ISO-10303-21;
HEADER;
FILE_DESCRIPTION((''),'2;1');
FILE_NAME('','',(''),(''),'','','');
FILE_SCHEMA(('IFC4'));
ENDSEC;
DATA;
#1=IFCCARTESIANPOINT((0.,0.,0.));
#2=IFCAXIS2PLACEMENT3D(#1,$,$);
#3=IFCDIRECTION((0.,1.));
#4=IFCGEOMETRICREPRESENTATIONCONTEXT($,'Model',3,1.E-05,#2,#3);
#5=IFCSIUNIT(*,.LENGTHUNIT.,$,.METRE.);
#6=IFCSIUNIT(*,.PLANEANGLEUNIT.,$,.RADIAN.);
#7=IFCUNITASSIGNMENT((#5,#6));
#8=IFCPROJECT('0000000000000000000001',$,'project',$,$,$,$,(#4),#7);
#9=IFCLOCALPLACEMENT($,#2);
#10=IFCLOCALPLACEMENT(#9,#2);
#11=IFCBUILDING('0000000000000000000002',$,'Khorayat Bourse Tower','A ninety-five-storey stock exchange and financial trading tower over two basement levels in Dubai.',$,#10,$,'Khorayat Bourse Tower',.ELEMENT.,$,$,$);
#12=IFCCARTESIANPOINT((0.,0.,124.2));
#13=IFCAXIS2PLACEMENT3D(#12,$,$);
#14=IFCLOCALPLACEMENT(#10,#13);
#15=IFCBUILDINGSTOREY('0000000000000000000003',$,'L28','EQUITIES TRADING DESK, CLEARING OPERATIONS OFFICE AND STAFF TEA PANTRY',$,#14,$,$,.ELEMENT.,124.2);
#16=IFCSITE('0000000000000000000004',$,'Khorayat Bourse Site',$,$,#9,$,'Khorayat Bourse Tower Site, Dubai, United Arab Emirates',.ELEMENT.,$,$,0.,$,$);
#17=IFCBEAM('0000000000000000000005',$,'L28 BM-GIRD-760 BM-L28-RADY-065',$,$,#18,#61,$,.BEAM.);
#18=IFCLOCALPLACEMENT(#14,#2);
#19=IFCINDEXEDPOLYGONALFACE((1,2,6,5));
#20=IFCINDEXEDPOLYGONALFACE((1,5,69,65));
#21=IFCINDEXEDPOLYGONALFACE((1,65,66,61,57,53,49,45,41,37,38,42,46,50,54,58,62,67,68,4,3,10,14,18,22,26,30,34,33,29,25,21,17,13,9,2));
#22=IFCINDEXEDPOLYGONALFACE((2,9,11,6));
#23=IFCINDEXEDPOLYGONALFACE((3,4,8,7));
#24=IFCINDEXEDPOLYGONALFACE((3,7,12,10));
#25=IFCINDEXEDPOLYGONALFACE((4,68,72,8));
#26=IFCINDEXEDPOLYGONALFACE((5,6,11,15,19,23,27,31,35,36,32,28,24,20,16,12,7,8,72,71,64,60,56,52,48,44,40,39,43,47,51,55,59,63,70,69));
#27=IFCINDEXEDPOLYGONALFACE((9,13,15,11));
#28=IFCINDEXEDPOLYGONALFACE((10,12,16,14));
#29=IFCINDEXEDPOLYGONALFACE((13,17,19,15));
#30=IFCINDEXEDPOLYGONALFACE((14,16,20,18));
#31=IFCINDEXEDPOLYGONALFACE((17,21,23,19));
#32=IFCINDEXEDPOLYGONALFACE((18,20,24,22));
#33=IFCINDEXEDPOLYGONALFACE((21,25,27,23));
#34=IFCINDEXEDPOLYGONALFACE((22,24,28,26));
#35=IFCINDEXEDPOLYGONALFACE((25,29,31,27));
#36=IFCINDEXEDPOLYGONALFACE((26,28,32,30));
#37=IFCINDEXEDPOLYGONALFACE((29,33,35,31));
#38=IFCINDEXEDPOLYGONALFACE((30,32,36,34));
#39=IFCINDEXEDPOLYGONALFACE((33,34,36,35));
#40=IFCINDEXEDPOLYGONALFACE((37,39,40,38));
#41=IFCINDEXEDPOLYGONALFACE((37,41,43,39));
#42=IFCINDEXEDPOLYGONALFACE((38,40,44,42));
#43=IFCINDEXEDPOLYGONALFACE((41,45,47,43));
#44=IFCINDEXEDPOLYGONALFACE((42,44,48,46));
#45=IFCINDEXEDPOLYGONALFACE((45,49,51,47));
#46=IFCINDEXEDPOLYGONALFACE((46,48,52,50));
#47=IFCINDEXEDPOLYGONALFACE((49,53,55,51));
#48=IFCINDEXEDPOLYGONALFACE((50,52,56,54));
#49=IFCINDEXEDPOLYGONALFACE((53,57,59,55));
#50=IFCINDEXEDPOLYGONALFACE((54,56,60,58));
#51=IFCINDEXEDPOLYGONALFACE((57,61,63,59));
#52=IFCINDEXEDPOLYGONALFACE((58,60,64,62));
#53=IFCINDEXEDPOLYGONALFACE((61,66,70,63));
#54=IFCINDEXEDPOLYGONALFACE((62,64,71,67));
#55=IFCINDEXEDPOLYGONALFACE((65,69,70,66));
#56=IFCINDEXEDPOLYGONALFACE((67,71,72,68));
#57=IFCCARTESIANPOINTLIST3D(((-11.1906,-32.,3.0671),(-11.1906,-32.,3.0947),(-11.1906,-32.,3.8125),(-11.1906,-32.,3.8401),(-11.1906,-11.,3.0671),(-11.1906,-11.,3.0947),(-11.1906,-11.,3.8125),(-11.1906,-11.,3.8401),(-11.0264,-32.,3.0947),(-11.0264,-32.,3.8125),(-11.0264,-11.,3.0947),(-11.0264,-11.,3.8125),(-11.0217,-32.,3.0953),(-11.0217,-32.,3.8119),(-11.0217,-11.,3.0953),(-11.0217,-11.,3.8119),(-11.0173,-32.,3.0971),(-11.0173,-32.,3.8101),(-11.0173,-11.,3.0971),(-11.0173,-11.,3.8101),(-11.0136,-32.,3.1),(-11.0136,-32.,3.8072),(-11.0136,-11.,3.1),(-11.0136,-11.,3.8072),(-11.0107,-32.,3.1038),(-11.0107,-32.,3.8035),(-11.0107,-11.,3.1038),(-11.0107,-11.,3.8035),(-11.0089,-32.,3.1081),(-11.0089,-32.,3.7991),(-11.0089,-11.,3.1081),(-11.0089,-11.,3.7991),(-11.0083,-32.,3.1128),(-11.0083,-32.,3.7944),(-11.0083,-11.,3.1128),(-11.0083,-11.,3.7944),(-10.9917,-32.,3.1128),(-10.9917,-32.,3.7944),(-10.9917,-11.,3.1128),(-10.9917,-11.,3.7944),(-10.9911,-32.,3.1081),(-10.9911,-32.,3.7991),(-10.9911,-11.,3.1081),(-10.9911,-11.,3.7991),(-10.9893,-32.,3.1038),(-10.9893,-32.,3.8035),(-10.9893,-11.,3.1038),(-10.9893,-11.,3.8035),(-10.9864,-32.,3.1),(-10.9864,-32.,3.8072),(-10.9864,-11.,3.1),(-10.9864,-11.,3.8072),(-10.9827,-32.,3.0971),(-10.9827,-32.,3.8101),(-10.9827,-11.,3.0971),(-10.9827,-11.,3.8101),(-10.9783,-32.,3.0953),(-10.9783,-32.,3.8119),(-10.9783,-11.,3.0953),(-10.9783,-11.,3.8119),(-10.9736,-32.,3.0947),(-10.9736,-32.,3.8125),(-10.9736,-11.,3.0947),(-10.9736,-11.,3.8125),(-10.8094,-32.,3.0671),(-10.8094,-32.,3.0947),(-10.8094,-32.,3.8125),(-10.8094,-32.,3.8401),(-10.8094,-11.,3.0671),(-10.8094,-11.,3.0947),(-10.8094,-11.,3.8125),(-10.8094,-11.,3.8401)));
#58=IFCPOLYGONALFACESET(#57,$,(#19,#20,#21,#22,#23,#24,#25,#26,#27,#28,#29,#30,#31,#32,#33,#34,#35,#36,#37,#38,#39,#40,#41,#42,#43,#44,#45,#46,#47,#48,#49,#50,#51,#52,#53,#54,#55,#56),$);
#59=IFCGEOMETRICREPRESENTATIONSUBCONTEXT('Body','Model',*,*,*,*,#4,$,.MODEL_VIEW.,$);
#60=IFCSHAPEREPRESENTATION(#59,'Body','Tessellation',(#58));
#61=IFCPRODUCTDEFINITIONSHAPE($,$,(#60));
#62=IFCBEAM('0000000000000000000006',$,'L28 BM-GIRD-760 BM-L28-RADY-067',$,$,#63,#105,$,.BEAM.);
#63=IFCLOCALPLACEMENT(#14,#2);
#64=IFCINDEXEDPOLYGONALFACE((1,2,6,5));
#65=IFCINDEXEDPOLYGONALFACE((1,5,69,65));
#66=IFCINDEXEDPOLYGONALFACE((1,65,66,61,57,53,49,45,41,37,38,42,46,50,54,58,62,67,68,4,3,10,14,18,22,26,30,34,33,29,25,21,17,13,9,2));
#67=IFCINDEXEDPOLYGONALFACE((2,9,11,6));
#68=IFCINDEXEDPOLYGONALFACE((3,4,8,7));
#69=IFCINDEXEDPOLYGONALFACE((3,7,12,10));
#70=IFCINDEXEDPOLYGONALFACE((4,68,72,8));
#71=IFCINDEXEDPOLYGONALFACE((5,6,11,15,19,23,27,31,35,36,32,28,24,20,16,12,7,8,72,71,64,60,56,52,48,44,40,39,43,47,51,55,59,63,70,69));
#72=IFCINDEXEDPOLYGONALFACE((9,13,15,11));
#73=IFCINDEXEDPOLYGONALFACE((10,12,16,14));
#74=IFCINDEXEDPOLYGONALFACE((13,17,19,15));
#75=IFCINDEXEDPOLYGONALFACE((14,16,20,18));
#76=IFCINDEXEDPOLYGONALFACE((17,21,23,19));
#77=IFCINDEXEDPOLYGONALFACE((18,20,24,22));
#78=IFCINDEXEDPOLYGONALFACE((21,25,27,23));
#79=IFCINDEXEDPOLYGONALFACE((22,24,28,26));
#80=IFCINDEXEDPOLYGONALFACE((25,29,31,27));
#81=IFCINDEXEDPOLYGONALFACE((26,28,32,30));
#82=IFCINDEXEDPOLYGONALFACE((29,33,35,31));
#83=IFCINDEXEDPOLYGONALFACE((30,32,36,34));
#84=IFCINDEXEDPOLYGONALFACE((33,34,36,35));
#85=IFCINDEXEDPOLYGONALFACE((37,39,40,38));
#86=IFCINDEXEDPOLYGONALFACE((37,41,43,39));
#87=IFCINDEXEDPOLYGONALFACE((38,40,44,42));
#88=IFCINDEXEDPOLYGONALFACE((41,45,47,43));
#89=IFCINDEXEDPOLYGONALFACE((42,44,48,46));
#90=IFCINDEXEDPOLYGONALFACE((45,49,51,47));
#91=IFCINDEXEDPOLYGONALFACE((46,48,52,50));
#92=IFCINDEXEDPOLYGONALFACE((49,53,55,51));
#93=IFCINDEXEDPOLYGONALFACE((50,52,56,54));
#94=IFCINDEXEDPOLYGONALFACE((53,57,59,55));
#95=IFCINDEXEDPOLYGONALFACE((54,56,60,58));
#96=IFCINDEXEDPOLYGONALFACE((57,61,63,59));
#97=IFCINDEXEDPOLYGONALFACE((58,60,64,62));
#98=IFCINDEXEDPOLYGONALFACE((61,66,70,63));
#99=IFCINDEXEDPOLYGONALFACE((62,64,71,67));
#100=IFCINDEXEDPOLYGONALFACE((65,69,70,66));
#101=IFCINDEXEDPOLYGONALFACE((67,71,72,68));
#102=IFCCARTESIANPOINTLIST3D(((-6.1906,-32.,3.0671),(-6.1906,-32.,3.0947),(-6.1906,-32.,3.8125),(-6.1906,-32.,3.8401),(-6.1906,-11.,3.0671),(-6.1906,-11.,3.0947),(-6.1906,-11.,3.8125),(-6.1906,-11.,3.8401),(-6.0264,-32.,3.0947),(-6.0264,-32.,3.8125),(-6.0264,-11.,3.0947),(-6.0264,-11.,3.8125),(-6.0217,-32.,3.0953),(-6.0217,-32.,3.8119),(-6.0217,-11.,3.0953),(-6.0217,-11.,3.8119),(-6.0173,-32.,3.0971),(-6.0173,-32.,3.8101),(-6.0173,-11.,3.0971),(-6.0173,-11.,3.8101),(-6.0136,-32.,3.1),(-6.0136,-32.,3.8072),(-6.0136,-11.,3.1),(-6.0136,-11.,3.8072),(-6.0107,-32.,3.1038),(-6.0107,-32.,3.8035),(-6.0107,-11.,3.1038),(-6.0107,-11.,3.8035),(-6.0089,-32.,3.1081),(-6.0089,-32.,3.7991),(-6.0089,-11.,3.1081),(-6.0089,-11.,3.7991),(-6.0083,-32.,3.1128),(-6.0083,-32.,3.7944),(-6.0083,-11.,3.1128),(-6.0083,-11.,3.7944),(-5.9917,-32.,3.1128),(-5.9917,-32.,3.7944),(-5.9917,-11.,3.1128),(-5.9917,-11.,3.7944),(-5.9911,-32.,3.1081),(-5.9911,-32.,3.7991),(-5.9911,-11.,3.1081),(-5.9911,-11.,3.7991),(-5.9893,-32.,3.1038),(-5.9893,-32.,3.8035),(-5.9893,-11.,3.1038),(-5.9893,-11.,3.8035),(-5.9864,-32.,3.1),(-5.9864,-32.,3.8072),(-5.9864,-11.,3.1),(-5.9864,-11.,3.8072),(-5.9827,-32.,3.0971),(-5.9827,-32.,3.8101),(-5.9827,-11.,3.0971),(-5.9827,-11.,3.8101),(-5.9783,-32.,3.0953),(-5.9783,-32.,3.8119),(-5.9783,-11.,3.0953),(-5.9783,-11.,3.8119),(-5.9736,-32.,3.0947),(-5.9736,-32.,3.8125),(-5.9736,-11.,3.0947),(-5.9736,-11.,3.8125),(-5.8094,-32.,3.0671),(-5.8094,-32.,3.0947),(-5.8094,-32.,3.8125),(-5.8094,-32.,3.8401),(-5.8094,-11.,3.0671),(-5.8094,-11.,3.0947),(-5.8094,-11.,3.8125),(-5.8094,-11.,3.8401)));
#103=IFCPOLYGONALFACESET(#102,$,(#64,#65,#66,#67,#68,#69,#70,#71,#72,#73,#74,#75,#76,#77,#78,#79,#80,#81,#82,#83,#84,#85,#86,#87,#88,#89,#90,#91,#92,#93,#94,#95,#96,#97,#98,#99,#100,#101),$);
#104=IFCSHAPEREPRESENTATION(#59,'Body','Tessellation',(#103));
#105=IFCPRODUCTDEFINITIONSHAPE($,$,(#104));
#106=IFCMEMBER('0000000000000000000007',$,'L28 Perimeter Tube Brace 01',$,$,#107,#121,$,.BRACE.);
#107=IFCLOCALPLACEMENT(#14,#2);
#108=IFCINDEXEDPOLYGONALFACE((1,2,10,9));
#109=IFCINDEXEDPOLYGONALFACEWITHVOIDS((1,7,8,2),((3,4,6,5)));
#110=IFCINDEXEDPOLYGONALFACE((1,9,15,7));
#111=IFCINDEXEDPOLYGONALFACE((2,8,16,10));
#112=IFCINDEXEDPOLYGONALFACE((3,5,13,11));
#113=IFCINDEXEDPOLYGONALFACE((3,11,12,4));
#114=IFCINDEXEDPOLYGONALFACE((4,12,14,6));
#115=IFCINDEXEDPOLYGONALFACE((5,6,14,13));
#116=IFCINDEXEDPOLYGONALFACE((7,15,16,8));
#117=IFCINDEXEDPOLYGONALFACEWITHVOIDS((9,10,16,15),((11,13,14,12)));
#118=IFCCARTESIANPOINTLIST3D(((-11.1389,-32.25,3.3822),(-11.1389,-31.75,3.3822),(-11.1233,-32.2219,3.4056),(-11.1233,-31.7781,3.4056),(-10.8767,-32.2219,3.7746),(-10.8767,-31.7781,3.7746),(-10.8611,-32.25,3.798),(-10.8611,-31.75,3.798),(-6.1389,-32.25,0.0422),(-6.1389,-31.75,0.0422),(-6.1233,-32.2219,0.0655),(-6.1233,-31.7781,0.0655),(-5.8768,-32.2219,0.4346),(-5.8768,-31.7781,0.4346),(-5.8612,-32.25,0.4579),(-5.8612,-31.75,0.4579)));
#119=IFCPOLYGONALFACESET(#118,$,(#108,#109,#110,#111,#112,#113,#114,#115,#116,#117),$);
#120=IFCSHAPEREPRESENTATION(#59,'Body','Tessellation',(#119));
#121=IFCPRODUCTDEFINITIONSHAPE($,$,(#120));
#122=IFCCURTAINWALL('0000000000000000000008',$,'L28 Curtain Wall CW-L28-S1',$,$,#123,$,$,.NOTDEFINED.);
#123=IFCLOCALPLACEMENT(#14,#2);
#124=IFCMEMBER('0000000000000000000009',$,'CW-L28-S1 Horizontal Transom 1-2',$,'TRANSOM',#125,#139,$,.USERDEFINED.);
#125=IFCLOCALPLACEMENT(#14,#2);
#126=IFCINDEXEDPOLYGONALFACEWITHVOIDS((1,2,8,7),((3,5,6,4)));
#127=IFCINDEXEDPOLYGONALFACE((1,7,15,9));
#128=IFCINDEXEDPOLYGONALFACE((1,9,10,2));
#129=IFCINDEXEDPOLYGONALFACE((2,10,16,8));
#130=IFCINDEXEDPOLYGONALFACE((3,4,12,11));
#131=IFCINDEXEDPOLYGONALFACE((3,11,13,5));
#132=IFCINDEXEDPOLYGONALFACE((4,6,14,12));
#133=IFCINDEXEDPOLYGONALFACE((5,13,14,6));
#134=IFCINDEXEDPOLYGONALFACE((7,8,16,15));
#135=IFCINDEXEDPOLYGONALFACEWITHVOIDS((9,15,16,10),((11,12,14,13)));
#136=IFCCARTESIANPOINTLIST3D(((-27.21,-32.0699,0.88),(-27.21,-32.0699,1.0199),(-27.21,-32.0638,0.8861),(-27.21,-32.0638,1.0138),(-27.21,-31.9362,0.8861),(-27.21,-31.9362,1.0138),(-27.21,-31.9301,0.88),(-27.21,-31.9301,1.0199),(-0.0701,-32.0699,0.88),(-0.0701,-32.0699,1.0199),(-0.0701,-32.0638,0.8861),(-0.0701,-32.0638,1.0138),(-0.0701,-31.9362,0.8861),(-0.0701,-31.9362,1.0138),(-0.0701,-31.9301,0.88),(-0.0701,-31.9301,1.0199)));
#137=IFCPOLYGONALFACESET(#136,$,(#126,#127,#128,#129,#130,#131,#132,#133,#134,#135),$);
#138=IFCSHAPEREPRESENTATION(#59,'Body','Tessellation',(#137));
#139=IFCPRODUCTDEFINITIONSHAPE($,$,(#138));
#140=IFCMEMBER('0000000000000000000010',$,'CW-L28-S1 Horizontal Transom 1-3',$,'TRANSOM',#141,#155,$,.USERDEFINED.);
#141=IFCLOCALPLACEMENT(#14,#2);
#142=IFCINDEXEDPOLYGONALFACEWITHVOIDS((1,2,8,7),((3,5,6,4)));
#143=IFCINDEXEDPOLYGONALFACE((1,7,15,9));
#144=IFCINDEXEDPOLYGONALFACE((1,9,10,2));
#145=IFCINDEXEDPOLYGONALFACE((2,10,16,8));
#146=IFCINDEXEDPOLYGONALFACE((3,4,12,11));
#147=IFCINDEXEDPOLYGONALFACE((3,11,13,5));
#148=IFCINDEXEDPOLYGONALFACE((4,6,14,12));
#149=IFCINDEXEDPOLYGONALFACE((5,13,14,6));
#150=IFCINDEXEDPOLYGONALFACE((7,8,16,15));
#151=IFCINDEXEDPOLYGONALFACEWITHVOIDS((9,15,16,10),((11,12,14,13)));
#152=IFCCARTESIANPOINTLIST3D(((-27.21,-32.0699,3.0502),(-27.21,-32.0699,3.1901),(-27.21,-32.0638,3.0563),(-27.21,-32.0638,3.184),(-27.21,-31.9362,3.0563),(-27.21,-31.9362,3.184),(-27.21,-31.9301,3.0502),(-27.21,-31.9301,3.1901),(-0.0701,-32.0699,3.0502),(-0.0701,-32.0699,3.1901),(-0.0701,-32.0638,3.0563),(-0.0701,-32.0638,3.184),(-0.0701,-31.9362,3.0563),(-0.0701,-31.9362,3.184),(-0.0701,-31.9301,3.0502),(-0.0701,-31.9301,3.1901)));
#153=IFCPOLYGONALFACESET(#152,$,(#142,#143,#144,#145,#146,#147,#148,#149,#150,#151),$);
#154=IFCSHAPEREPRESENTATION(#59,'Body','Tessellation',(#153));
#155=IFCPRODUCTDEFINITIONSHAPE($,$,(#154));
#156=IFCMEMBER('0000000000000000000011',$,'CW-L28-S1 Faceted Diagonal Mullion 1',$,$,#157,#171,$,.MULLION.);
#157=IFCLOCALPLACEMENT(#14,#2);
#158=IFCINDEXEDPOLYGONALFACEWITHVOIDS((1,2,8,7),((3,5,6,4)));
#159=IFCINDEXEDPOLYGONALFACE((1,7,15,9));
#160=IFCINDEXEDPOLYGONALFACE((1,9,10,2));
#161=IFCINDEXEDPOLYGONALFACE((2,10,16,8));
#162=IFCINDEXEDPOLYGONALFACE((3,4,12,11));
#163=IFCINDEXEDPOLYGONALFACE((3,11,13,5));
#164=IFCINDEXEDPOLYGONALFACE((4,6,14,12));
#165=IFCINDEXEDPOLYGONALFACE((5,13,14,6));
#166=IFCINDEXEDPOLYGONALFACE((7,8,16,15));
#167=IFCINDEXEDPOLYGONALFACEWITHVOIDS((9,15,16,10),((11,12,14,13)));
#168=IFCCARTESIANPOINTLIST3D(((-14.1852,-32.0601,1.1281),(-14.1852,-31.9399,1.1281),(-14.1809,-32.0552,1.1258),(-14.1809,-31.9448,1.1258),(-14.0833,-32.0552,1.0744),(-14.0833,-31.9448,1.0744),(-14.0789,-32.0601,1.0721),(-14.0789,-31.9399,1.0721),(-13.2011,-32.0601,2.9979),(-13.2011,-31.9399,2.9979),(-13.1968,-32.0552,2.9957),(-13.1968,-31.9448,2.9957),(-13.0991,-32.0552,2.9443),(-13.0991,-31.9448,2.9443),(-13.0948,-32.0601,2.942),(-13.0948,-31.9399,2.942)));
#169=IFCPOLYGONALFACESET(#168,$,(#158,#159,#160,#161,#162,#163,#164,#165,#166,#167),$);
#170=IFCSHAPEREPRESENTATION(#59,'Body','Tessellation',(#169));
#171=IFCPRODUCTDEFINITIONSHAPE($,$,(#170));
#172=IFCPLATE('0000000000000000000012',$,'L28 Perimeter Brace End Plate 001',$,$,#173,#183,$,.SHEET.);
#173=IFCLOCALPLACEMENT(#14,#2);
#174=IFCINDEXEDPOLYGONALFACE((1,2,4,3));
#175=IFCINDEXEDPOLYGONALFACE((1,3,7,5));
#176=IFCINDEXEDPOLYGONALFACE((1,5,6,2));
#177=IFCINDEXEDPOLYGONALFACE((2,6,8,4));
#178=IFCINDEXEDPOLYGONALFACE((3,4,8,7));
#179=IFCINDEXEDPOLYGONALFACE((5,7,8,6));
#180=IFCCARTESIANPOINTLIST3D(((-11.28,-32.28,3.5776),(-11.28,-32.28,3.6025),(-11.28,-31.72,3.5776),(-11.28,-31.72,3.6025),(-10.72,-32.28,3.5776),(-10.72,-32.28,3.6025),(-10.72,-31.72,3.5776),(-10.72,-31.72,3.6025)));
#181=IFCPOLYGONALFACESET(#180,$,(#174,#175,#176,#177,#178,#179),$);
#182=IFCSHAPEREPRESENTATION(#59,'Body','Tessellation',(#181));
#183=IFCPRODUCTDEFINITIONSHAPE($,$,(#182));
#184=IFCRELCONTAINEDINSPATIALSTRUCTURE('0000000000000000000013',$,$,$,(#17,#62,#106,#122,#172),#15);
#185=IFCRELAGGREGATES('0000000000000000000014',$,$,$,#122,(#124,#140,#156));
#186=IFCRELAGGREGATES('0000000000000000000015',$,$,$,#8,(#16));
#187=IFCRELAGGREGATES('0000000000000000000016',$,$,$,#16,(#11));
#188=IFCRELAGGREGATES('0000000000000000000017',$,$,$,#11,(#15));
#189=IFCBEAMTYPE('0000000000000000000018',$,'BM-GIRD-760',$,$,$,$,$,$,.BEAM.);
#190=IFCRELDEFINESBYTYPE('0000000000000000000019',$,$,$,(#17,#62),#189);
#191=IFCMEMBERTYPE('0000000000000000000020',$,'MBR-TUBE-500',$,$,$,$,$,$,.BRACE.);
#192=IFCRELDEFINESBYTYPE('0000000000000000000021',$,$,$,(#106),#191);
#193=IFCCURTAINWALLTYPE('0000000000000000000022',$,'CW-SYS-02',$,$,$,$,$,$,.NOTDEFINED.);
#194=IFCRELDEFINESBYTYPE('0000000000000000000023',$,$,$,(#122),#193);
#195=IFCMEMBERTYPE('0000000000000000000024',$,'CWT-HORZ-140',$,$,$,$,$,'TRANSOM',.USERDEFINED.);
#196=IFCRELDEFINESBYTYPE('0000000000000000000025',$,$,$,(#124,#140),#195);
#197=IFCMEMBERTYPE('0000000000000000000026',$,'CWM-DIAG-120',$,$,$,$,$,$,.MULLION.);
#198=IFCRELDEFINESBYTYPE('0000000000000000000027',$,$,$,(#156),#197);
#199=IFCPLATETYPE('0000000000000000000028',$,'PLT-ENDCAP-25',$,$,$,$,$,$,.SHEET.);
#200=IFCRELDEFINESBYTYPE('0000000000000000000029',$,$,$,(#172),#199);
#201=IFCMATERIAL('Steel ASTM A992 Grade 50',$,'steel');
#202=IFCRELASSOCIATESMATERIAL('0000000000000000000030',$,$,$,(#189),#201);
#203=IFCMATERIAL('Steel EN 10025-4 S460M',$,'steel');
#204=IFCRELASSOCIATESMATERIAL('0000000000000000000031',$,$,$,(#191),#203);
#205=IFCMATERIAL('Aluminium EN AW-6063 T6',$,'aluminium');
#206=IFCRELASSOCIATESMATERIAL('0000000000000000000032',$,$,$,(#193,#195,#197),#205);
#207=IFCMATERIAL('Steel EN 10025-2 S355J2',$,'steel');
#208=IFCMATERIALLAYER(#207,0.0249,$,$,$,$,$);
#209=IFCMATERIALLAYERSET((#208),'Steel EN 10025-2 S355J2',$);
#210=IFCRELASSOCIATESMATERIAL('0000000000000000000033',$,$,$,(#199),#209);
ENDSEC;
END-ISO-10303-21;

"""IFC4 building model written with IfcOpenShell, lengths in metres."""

from ifc_helpers import new_model, si_unit, direction, frame, origin, origin_2d, place, context, subcontext, project, spatial, rectangle, hollow_rectangle, i_section, extrude, source, transform, mapped, material, layer, layer_set, material_profile, profile_set, type_object, element, aggregate, save


model = new_model("IFC4")

# Units and contexts
model_context = context("Model", 3, precision=1e-05, world=origin(), true_north=direction((0.0, 1.0)))
body_context = subcontext(model_context, "Body", "Model", "MODEL_VIEW")
ifc_project = project(units=[si_unit("LENGTHUNIT", "METRE"), si_unit("PLANEANGLEUNIT", "RADIAN")], contexts=[model_context])

# Site, building, storey
site_placement = place(None, origin())
site = spatial("IfcSite", under=ifc_project, at=site_placement, Name="Khorayat Bourse Site", LongName="Khorayat Bourse Tower Site, Dubai, United Arab Emirates", CompositionType="ELEMENT", RefElevation=0.0)
building_placement = place(site_placement, origin())
building = spatial("IfcBuilding", under=site, at=building_placement, Name="Khorayat Bourse Tower", Description="A ninety-five-storey stock exchange and financial trading tower over two basement levels in Dubai.", LongName="Khorayat Bourse Tower", CompositionType="ELEMENT")
storey_placement = place(building_placement, frame((0.0, 0.0, 124.2)))
storey = spatial("IfcBuildingStorey", under=building, at=storey_placement, Name="L28", Description="EQUITIES TRADING DESK, CLEARING OPERATIONS OFFICE AND STAFF TEA PANTRY", CompositionType="ELEMENT", Elevation=124.2)

# Shared definitions
ifc_material_1 = material(Name="Steel EN 10025-4 S460M", Category="steel")

# Beams
ifc_material_2 = material(Name="Steel ASTM A992 Grade 50", Category="steel")
ifc_material_profile_1 = material_profile(ifc_material_2, i_section(OverallWidth=0.3811, OverallDepth=0.7729, WebThickness=0.0166, FlangeThickness=0.0276, FilletRadius=0.0181, at=origin_2d()), Name="W760X257")
ifc_profile_set_1 = profile_set([ifc_material_profile_1], Name="Steel ASTM A992 Grade 50")
beam_type_1 = type_object("IfcBeamType", Name="BM-GIRD-760", PredefinedType="BEAM", material=ifc_profile_set_1)
shared_shape_1 = source(origin(), body_context, "Body", "SweptSolid", [
    extrude(i_section(OverallWidth=0.3811, OverallDepth=0.7729, WebThickness=0.0166, FlangeThickness=0.0276, FilletRadius=0.0181, at=origin_2d()), origin(), (0.0, 0.0, 1.0), 21.0),
])
for number, where, z_axis, x_axis, name in (
    (1, (-11.0, -32.0, 3.4536), (0.0, 1.0, 0.0), (-1.0, 0.0, 0.0), "L28 BM-GIRD-760 BM-L28-RADY-065"),
    (2, (-6.0, -32.0, 3.4536), (0.0, 1.0, 0.0), (-1.0, 0.0, 0.0), "L28 BM-GIRD-760 BM-L28-RADY-067"),
):
    element("IfcBeam", number, at=place(storey_placement, frame(where, z_axis=z_axis, x_axis=x_axis)), inside=storey, type_object=beam_type_1, Name=name, PredefinedType="BEAM", context=body_context, shape_type="MappedRepresentation", body=[
        mapped(shared_shape_1, transform((0.0, 0.0, 0.0), scale=1.0)),
    ])

# Member
ifc_material_profile_2 = material_profile(ifc_material_1, hollow_rectangle(XDim=0.5, YDim=0.5, WallThickness=0.0281, at=origin_2d()), Name="HSS 500x500x28")
ifc_profile_set_2 = profile_set([ifc_material_profile_2], Name="Steel EN 10025-4 S460M")
member_type_1 = type_object("IfcMemberType", Name="MBR-TUBE-500", PredefinedType="BRACE", material=ifc_profile_set_2)
shared_shape_2 = source(origin(), body_context, "Body", "SweptSolid", [
    extrude(hollow_rectangle(XDim=0.5, YDim=0.5, WallThickness=0.0281, at=origin_2d()), origin(), (0.0, 0.0, 1.0), 6.0129),
])
member_1_placement = place(storey_placement, frame((-11.0, -32.0, 3.5901), z_axis=(0.831531, 0.0, -0.555478), x_axis=(0.0, 1.0, 0.0)))
element("IfcMember", 3, at=member_1_placement, inside=storey, type_object=member_type_1, Name="L28 Perimeter Tube Brace 01", PredefinedType="BRACE", context=body_context, shape_type="MappedRepresentation", body=[
    mapped(shared_shape_2, transform((0.0, 0.0, 0.0), scale=1.0)),
])

# Curtain wall, members
ifc_material_3 = material(Name="Aluminium EN AW-6063 T6", Category="aluminium")
curtain_wall_type = type_object("IfcCurtainWallType", Name="CW-SYS-02", PredefinedType="NOTDEFINED", material=ifc_material_3)
curtain_wall_placement = place(storey_placement, origin())
curtain_wall = element("IfcCurtainWall", 4, at=curtain_wall_placement, inside=storey, type_object=curtain_wall_type, Name="L28 Curtain Wall CW-L28-S1", PredefinedType="NOTDEFINED")
ifc_material_profile_3 = material_profile(ifc_material_3, hollow_rectangle(XDim=0.1399, YDim=0.1399, WallThickness=0.0061, at=origin_2d()), Name="ALU 140x140x6")
ifc_profile_set_3 = profile_set([ifc_material_profile_3], Name="Aluminium EN AW-6063 T6")
member_type_2 = type_object("IfcMemberType", Name="CWT-HORZ-140", ElementType="TRANSOM", PredefinedType="USERDEFINED", material=ifc_profile_set_3)
shared_shape_3 = source(origin(), body_context, "Body", "SweptSolid", [
    extrude(hollow_rectangle(XDim=0.1399, YDim=0.1399, WallThickness=0.0061, at=origin_2d()), origin(), (0.0, 0.0, 1.0), 27.1399),
])
member_2_placement = place(storey_placement, frame((-27.21, -32.0, 0.95), z_axis=(1.0, 0.0, 0.0), x_axis=(0.0, 1.0, 0.0)))
member_2 = element("IfcMember", 5, at=member_2_placement, type_object=member_type_2, Name="CW-L28-S1 Horizontal Transom 1-2", ObjectType="TRANSOM", PredefinedType="USERDEFINED", context=body_context, shape_type="MappedRepresentation", body=[
    mapped(shared_shape_3, transform((0.0, 0.0, 0.0), scale=1.0)),
])
member_3_placement = place(storey_placement, frame((-27.21, -32.0, 3.1201), z_axis=(1.0, 0.0, 0.0), x_axis=(0.0, 1.0, 0.0)))
member_3 = element("IfcMember", 6, at=member_3_placement, type_object=member_type_2, Name="CW-L28-S1 Horizontal Transom 1-3", ObjectType="TRANSOM", PredefinedType="USERDEFINED", context=body_context, shape_type="MappedRepresentation", body=[
    mapped(shared_shape_3, transform((0.0, 0.0, 0.0), scale=1.0)),
])
ifc_material_profile_4 = material_profile(ifc_material_3, hollow_rectangle(XDim=0.1201, YDim=0.1201, WallThickness=0.0049, at=origin_2d()), Name="ALU 120x120x5")
ifc_profile_set_4 = profile_set([ifc_material_profile_4], Name="Aluminium EN AW-6063 T6")
member_type_3 = type_object("IfcMemberType", Name="CWM-DIAG-120", PredefinedType="MULLION", material=ifc_profile_set_4)
shared_shape_4 = source(origin(), body_context, "Body", "SweptSolid", [
    extrude(hollow_rectangle(XDim=0.1201, YDim=0.1201, WallThickness=0.0049, at=origin_2d()), origin(), (0.0, 0.0, 1.0), 2.113),
])
member_4_placement = place(storey_placement, frame((-14.1321, -32.0, 1.1001), z_axis=(0.465742, 0.0, 0.884921), x_axis=(0.0, 1.0, 0.0)))
member_4 = element("IfcMember", 7, at=member_4_placement, type_object=member_type_3, Name="CW-L28-S1 Faceted Diagonal Mullion 1", PredefinedType="MULLION", context=body_context, shape_type="MappedRepresentation", body=[
    mapped(shared_shape_4, transform((0.0, 0.0, 0.0), scale=1.0)),
])

# Plate
ifc_material_4 = material(Name="Steel EN 10025-2 S355J2", Category="steel")
ifc_layer_1 = layer(ifc_material_4, 0.0249)
ifc_layer_set_1 = layer_set([ifc_layer_1], Name="Steel EN 10025-2 S355J2")
plate_type_1 = type_object("IfcPlateType", Name="PLT-ENDCAP-25", PredefinedType="SHEET", material=ifc_layer_set_1)
shared_shape_5 = source(origin(), body_context, "Body", "SweptSolid", [
    extrude(rectangle(XDim=0.5601, YDim=0.5601, at=origin_2d()), origin(), (0.0, 0.0, 1.0), 0.0249),
])
for number, where, z_axis, x_axis, name in (
    (8, (-11.0, -32.0, 3.5776), (0.0, 0.0, 1.0), (1.0, 0.0, 0.0), "L28 Perimeter Brace End Plate 001"),
):
    element("IfcPlate", number, at=place(storey_placement, frame(where, z_axis=z_axis, x_axis=x_axis)), inside=storey, type_object=plate_type_1, Name=name, PredefinedType="SHEET", context=body_context, shape_type="MappedRepresentation", body=[
        mapped(shared_shape_5, transform((0.0, 0.0, 0.0), scale=1.0)),
    ])

aggregate(curtain_wall, [member_2, member_3, member_4])

save(model, "model.ifc")
